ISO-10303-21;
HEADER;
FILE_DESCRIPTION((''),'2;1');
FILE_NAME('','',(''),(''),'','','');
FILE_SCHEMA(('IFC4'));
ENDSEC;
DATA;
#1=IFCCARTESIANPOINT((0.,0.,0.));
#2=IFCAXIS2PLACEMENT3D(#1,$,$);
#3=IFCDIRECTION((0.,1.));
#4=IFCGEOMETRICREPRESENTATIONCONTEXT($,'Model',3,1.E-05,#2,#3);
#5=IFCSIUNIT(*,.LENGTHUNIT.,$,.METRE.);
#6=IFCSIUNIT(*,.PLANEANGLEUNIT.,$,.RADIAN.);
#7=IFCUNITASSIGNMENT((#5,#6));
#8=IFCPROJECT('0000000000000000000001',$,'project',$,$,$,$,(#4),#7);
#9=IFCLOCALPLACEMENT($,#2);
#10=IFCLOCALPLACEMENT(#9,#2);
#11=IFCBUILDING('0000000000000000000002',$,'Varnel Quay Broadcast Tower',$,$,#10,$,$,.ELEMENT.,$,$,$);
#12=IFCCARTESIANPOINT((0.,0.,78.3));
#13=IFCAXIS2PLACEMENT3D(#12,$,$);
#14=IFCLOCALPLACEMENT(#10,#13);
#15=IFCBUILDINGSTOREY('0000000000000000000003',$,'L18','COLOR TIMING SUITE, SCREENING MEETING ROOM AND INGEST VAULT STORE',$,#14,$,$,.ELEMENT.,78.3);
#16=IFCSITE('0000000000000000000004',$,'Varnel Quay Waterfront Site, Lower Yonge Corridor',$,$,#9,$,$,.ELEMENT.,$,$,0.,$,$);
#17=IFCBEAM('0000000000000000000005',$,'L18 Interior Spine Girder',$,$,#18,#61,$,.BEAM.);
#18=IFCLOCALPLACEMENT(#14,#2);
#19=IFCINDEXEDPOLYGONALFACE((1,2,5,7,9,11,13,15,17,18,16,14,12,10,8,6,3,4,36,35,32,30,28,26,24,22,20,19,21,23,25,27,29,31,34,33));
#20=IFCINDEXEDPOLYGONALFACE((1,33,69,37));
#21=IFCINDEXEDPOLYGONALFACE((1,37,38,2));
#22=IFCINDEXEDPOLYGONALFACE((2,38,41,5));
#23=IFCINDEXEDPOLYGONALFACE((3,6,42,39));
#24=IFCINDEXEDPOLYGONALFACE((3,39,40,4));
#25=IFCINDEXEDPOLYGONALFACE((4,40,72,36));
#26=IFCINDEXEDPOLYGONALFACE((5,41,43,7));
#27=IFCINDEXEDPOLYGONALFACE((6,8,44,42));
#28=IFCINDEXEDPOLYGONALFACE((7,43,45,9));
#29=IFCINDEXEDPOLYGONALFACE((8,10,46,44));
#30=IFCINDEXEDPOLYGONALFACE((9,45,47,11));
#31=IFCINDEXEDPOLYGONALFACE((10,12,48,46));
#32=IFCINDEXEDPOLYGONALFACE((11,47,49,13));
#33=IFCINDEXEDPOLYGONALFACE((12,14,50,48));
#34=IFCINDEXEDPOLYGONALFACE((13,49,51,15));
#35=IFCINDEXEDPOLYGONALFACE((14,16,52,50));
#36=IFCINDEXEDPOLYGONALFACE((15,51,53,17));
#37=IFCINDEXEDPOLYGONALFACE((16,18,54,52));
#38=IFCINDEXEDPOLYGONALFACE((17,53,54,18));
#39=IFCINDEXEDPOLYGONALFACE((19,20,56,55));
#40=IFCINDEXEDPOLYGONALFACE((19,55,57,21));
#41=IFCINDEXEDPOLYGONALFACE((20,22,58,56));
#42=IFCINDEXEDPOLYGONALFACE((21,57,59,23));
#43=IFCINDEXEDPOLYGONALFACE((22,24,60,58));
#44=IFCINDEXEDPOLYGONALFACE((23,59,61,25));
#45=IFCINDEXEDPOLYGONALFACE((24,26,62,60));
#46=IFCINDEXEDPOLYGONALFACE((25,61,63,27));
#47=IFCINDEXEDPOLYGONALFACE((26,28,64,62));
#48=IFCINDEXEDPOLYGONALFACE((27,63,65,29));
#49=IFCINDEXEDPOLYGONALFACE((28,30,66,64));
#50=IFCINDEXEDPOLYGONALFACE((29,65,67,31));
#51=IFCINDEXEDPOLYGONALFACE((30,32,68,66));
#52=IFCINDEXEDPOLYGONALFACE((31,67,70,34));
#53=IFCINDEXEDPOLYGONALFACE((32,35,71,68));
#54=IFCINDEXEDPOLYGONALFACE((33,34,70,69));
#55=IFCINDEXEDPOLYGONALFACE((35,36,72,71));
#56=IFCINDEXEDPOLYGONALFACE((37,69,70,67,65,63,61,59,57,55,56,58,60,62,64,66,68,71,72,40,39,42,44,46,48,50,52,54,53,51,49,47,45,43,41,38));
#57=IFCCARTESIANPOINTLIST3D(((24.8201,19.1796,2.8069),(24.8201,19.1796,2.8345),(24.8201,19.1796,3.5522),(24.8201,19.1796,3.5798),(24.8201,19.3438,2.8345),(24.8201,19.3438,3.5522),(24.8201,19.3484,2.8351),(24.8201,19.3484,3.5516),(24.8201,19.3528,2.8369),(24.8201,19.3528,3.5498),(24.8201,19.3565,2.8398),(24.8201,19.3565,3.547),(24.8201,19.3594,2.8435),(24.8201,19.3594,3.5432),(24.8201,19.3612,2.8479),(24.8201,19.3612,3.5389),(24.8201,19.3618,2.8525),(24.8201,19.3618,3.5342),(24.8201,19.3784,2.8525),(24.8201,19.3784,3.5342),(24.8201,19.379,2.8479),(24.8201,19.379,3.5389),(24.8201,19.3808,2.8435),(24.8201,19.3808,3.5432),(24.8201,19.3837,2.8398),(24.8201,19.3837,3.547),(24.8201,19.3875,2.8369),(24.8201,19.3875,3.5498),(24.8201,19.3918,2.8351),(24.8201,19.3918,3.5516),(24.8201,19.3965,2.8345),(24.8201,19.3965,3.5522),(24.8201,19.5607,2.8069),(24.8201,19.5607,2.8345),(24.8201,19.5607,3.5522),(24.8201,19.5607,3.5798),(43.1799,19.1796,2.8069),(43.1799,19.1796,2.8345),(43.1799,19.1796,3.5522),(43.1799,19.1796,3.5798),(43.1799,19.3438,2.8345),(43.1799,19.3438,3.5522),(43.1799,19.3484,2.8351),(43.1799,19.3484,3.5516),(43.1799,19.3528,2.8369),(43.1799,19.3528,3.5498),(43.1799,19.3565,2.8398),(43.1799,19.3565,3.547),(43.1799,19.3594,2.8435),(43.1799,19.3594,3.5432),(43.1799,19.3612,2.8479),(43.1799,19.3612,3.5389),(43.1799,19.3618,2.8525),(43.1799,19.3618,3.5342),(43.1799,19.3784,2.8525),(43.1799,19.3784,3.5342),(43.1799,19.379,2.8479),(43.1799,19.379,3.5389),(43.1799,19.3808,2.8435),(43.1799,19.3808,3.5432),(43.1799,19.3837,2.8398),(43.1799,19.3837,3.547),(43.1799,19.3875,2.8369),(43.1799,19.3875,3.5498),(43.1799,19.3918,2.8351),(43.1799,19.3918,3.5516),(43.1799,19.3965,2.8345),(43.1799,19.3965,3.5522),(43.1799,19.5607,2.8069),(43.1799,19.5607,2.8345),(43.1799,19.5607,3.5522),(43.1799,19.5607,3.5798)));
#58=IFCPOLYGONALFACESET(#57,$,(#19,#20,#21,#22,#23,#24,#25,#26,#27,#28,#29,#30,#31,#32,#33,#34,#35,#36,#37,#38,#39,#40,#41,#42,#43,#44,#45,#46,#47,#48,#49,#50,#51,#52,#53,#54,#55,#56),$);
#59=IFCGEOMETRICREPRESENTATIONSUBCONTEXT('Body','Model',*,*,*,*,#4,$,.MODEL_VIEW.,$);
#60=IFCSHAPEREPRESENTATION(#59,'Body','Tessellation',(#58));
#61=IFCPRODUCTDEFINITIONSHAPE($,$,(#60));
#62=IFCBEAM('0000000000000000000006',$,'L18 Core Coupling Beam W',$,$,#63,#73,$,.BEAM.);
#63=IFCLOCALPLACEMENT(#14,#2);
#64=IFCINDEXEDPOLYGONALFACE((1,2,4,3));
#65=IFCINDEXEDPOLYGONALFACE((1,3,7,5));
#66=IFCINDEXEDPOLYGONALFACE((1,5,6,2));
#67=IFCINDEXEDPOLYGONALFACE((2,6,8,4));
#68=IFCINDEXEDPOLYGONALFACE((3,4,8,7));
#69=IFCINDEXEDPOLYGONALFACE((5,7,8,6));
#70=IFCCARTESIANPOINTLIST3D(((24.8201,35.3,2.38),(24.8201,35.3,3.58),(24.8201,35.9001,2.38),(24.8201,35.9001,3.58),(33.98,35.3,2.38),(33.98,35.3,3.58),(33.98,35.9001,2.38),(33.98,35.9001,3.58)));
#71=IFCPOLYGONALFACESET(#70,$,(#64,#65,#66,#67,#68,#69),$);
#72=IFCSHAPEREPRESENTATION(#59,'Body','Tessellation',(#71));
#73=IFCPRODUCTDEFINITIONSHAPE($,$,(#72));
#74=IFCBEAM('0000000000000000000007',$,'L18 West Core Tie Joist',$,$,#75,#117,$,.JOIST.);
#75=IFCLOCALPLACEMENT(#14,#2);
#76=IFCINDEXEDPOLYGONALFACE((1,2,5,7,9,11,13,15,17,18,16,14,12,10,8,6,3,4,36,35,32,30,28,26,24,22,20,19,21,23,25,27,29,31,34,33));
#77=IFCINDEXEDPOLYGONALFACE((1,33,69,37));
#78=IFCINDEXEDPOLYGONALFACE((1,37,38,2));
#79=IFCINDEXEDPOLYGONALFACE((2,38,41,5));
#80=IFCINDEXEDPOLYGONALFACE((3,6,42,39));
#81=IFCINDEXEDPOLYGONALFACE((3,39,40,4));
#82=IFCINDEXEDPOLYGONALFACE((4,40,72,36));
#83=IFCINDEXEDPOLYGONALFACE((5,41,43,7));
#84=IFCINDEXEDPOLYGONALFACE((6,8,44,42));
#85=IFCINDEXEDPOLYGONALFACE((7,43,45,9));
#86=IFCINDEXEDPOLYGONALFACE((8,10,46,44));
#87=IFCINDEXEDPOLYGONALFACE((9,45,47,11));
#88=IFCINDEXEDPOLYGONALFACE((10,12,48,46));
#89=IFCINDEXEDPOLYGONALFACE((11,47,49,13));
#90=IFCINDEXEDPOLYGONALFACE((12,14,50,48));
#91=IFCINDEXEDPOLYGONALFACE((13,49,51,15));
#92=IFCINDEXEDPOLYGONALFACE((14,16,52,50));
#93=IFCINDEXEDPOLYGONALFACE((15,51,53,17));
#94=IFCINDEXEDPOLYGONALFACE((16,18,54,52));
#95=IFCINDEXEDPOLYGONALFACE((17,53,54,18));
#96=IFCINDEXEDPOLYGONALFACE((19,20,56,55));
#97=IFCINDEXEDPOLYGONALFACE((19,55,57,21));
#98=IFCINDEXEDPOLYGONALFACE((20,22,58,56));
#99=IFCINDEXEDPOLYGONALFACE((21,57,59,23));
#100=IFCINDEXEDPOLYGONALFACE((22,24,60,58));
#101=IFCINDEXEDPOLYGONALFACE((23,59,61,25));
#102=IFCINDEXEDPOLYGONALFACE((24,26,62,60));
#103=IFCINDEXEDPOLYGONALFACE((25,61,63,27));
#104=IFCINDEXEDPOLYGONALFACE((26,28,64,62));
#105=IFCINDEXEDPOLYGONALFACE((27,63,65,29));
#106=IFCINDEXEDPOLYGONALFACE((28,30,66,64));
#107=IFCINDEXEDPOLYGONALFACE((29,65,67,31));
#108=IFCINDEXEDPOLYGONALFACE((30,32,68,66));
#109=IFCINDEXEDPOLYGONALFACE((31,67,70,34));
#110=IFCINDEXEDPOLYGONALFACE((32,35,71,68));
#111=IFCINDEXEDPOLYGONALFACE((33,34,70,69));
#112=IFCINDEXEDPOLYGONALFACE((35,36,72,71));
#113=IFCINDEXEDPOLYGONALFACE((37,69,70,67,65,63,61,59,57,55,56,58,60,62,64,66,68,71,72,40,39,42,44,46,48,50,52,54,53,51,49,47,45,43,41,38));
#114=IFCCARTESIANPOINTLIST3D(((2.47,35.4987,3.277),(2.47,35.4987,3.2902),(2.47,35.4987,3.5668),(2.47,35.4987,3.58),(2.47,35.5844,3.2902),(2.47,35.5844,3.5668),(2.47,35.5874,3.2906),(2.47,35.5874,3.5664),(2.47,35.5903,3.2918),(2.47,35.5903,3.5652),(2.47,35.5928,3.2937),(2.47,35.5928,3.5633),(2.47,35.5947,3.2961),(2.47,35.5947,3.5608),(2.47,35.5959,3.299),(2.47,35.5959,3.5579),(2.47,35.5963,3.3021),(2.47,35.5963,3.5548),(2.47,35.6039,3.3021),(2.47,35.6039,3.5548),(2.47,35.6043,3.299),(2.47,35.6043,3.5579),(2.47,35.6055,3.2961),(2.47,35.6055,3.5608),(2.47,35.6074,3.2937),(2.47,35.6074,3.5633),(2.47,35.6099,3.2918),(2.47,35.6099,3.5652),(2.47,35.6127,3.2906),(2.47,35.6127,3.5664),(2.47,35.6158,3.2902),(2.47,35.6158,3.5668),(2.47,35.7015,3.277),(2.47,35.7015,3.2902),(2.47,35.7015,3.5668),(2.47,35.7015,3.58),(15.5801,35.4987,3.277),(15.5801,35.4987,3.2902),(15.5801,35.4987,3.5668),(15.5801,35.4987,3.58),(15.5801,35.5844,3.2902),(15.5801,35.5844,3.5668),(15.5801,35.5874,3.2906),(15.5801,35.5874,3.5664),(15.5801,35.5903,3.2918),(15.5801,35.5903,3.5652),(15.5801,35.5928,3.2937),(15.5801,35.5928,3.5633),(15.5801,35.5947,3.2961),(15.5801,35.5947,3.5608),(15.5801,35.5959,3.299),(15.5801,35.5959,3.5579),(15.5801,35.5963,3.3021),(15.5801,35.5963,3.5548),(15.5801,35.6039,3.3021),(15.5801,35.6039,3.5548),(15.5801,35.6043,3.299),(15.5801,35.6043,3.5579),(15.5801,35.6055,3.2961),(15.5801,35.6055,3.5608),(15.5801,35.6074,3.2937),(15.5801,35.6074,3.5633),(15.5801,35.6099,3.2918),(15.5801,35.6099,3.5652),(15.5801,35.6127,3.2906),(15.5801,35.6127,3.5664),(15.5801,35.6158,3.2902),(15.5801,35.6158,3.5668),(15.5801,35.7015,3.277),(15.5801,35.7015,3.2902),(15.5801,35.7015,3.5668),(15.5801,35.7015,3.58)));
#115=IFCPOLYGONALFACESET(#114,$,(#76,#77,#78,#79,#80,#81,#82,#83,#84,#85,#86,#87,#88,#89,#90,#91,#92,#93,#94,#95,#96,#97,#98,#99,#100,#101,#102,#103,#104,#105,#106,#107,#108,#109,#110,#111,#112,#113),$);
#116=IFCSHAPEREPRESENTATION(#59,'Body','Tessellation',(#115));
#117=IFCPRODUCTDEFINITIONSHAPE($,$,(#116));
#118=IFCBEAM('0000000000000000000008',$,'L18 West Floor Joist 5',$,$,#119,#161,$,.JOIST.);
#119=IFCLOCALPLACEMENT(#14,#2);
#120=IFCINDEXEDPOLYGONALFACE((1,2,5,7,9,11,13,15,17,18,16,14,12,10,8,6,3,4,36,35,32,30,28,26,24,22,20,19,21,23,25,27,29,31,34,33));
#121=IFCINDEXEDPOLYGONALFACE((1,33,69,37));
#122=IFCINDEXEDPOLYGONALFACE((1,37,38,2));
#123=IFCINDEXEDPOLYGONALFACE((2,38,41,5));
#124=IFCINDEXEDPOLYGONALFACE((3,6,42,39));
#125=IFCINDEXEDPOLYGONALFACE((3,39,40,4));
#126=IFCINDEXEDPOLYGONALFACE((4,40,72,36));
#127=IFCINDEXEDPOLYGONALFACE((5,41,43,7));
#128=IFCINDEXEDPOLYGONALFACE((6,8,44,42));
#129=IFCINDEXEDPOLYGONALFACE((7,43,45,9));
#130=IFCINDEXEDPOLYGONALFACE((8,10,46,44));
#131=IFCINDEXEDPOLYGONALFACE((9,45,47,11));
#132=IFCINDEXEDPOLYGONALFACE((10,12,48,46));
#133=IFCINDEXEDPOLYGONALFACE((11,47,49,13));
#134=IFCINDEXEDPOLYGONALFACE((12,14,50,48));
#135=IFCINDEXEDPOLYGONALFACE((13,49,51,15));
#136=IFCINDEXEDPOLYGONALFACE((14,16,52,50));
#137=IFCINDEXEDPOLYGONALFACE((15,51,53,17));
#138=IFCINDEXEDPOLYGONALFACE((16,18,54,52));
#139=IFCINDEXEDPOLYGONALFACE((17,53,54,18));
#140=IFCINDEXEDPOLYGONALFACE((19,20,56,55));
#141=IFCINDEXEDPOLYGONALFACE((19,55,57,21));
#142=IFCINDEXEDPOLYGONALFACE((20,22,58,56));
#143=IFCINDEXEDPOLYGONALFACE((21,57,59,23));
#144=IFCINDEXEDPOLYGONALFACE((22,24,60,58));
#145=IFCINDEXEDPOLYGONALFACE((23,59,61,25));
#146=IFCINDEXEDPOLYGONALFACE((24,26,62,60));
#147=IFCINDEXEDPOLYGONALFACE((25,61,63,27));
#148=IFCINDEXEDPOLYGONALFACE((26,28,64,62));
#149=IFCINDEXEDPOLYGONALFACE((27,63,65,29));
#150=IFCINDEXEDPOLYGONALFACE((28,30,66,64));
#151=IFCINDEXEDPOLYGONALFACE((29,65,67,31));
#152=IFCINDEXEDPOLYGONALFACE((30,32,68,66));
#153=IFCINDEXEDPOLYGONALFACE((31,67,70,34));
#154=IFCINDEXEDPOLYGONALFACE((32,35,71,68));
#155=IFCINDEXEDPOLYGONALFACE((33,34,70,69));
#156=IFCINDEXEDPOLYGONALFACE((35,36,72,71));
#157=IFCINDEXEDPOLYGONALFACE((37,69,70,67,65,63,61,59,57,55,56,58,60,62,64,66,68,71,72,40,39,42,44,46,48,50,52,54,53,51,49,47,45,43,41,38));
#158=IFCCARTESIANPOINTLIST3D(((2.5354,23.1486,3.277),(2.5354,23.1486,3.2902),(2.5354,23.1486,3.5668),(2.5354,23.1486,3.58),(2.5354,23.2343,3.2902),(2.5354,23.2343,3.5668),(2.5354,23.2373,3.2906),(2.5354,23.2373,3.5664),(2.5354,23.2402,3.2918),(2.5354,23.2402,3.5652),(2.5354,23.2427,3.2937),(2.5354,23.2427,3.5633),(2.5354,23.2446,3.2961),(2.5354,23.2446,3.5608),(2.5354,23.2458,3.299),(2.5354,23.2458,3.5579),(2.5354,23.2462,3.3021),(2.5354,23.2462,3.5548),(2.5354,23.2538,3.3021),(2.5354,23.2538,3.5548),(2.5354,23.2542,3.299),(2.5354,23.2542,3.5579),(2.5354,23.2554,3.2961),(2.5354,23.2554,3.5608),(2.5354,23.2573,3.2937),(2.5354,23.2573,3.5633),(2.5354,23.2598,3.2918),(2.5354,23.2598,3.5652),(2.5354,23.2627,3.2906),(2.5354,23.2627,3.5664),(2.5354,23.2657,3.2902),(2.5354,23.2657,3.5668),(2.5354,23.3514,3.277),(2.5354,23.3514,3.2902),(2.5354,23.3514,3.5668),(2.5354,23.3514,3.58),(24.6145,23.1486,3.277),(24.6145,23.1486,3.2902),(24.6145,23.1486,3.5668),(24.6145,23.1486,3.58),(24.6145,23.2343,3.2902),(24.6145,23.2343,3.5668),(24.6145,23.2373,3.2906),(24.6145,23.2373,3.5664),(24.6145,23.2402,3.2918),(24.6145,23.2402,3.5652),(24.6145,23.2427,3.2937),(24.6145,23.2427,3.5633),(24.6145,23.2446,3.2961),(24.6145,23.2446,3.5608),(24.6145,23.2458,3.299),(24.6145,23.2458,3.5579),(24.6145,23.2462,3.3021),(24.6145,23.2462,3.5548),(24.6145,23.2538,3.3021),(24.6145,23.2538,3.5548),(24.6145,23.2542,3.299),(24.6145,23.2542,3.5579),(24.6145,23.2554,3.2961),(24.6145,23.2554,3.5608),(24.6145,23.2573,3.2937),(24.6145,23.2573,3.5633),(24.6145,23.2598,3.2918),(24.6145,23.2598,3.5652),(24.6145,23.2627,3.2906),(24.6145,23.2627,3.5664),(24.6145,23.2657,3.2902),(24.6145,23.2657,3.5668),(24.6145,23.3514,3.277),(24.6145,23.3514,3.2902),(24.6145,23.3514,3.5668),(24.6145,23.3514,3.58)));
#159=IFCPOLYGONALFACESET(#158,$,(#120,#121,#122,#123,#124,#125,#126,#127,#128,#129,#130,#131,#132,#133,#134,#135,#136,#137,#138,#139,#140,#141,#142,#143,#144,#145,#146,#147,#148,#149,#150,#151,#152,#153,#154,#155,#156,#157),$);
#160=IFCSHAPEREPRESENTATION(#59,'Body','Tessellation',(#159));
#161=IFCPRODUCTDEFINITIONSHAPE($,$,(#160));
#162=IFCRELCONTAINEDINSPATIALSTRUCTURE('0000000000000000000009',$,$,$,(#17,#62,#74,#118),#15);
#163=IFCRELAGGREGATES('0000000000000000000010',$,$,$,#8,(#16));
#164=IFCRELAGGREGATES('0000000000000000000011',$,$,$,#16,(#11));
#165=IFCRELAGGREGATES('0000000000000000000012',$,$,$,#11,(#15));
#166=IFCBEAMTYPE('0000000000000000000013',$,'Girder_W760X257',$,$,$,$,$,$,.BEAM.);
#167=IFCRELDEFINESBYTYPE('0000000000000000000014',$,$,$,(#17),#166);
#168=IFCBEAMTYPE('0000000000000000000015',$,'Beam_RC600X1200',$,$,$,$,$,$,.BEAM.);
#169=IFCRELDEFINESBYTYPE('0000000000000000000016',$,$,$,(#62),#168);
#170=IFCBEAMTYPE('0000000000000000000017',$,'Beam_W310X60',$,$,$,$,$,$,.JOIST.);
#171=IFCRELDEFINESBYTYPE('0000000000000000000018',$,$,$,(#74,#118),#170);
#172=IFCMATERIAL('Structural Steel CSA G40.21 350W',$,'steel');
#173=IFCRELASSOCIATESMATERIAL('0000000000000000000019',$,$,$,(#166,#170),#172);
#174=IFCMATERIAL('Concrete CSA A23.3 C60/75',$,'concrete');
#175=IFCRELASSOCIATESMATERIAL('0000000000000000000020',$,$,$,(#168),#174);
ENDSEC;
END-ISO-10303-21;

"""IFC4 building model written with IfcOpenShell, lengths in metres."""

from ifc_helpers import new_model, si_unit, direction, frame, origin, origin_2d, place, context, subcontext, project, spatial, rectangle, i_section, extrude, source, transform, mapped, material, material_profile, profile_set, type_object, type_shapes, element, save


model = new_model("IFC4")

# Units and contexts
model_context = context("Model", 3, precision=1e-05, world=origin(), true_north=direction((0.0, 1.0)))
body_context = subcontext(model_context, "Body", "Model", "MODEL_VIEW")
ifc_project = project(units=[si_unit("LENGTHUNIT", "METRE"), si_unit("PLANEANGLEUNIT", "RADIAN")], contexts=[model_context])

# Site, building, storey
site_placement = place(None, origin())
site = spatial("IfcSite", under=ifc_project, at=site_placement, Name="Varnel Quay Waterfront Site, Lower Yonge Corridor", CompositionType="ELEMENT", RefElevation=0.0)
building_placement = place(site_placement, origin())
building = spatial("IfcBuilding", under=site, at=building_placement, Name="Varnel Quay Broadcast Tower", CompositionType="ELEMENT")
storey_placement = place(building_placement, frame((0.0, 0.0, 78.3)))
storey = spatial("IfcBuildingStorey", under=building, at=storey_placement, Name="L18", Description="COLOR TIMING SUITE, SCREENING MEETING ROOM AND INGEST VAULT STORE", CompositionType="ELEMENT", Elevation=78.3)

# Shared definitions
ifc_material_1 = material(Name="Structural Steel CSA G40.21 350W", Category="steel")
ifc_material_2 = material(Name="Concrete CSA A23.3 C60/75", Category="concrete")

# Beams
ifc_material_profile_1 = material_profile(ifc_material_1, i_section(OverallWidth=0.3811, OverallDepth=0.7729, WebThickness=0.0166, FlangeThickness=0.0276, FilletRadius=0.0181, at=origin_2d()), Name="W760X257")
ifc_profile_set_1 = profile_set([ifc_material_profile_1], Name="Structural Steel CSA G40.21 350W")
beam_type_1 = type_object("IfcBeamType", Name="Girder_W760X257", PredefinedType="BEAM", material=ifc_profile_set_1)
shared_shape_1 = source(origin(), body_context, "Body", "SweptSolid", [
    extrude(i_section(OverallWidth=0.3811, OverallDepth=0.7729, WebThickness=0.0166, FlangeThickness=0.0276, FilletRadius=0.0181, at=origin_2d()), origin(), (0.0, 0.0, 1.0), 18.3599),
])
beam_1_placement = place(storey_placement, frame((24.8201, 19.3701, 3.1934), z_axis=(1.0, 0.0, 0.0), x_axis=(0.0, 1.0, 0.0)))
element("IfcBeam", 1, at=beam_1_placement, inside=storey, type_object=beam_type_1, Name="L18 Interior Spine Girder", PredefinedType="BEAM", context=body_context, shape_type="MappedRepresentation", body=[
    mapped(shared_shape_1, transform((0.0, 0.0, 0.0), x_axis=(1.0, 0.0, 0.0), y_axis=(0.0, 1.0, 0.0), z_axis=(0.0, 0.0, 1.0), scale=1.0)),
])
ifc_material_profile_2 = material_profile(ifc_material_2, rectangle(XDim=0.6001, YDim=1.2, at=origin_2d()), Name="RC600X1200")
ifc_profile_set_2 = profile_set([ifc_material_profile_2], Name="Concrete CSA A23.3 C60/75")
beam_type_2 = type_object("IfcBeamType", Name="Beam_RC600X1200", PredefinedType="BEAM", material=ifc_profile_set_2)
shared_shape_2 = source(origin(), body_context, "Body", "SweptSolid", [
    extrude(rectangle(XDim=0.6001, YDim=1.2, at=origin_2d()), origin(), (0.0, 0.0, 1.0), 9.1599),
])
type_shapes(beam_type_2, [shared_shape_2])
beam_2_placement = place(storey_placement, frame((24.8201, 35.6001, 2.98), z_axis=(1.0, 0.0, 0.0), x_axis=(0.0, 1.0, 0.0)))
element("IfcBeam", 2, at=beam_2_placement, inside=storey, type_object=beam_type_2, Name="L18 Core Coupling Beam W", PredefinedType="BEAM", context=body_context, shape_type="MappedRepresentation", body=[
    mapped(shared_shape_2, transform((0.0, 0.0, 0.0), x_axis=(1.0, 0.0, 0.0), y_axis=(0.0, 1.0, 0.0), z_axis=(0.0, 0.0, 1.0), scale=1.0)),
])
ifc_material_profile_3 = material_profile(ifc_material_1, i_section(OverallWidth=0.2029, OverallDepth=0.303, WebThickness=0.0076, FlangeThickness=0.0132, FilletRadius=0.012, at=origin_2d()), Name="W310X60")
ifc_profile_set_3 = profile_set([ifc_material_profile_3], Name="Structural Steel CSA G40.21 350W")
beam_type_3 = type_object("IfcBeamType", Name="Beam_W310X60", PredefinedType="JOIST", material=ifc_profile_set_3)
shared_shape_3 = source(origin(), body_context, "Body", "SweptSolid", [
    extrude(i_section(OverallWidth=0.2029, OverallDepth=0.303, WebThickness=0.0076, FlangeThickness=0.0132, FilletRadius=0.012, at=origin_2d()), origin(), (0.0, 0.0, 1.0), 13.1101),
])
beam_3_placement = place(storey_placement, frame((2.47, 35.6001, 3.4285), z_axis=(1.0, 0.0, 0.0), x_axis=(0.0, 1.0, 0.0)))
element("IfcBeam", 3, at=beam_3_placement, inside=storey, type_object=beam_type_3, Name="L18 West Core Tie Joist", PredefinedType="JOIST", context=body_context, shape_type="MappedRepresentation", body=[
    mapped(shared_shape_3, transform((0.0, 0.0, 0.0), x_axis=(1.0, 0.0, 0.0), y_axis=(0.0, 1.0, 0.0), z_axis=(0.0, 0.0, 1.0), scale=1.0)),
])
shared_shape_4 = source(origin(), body_context, "Body", "SweptSolid", [
    extrude(i_section(OverallWidth=0.2029, OverallDepth=0.303, WebThickness=0.0076, FlangeThickness=0.0132, FilletRadius=0.012, at=origin_2d()), origin(), (0.0, 0.0, 1.0), 22.0791),
])
beam_4_placement = place(storey_placement, frame((2.5354, 23.25, 3.4285), z_axis=(1.0, 0.0, 0.0), x_axis=(0.0, 1.0, 0.0)))
element("IfcBeam", 4, at=beam_4_placement, inside=storey, type_object=beam_type_3, Name="L18 West Floor Joist 5", PredefinedType="JOIST", context=body_context, shape_type="MappedRepresentation", body=[
    mapped(shared_shape_4, transform((0.0, 0.0, 0.0), x_axis=(1.0, 0.0, 0.0), y_axis=(0.0, 1.0, 0.0), z_axis=(0.0, 0.0, 1.0), scale=1.0)),
])

save(model, "model.ifc")
